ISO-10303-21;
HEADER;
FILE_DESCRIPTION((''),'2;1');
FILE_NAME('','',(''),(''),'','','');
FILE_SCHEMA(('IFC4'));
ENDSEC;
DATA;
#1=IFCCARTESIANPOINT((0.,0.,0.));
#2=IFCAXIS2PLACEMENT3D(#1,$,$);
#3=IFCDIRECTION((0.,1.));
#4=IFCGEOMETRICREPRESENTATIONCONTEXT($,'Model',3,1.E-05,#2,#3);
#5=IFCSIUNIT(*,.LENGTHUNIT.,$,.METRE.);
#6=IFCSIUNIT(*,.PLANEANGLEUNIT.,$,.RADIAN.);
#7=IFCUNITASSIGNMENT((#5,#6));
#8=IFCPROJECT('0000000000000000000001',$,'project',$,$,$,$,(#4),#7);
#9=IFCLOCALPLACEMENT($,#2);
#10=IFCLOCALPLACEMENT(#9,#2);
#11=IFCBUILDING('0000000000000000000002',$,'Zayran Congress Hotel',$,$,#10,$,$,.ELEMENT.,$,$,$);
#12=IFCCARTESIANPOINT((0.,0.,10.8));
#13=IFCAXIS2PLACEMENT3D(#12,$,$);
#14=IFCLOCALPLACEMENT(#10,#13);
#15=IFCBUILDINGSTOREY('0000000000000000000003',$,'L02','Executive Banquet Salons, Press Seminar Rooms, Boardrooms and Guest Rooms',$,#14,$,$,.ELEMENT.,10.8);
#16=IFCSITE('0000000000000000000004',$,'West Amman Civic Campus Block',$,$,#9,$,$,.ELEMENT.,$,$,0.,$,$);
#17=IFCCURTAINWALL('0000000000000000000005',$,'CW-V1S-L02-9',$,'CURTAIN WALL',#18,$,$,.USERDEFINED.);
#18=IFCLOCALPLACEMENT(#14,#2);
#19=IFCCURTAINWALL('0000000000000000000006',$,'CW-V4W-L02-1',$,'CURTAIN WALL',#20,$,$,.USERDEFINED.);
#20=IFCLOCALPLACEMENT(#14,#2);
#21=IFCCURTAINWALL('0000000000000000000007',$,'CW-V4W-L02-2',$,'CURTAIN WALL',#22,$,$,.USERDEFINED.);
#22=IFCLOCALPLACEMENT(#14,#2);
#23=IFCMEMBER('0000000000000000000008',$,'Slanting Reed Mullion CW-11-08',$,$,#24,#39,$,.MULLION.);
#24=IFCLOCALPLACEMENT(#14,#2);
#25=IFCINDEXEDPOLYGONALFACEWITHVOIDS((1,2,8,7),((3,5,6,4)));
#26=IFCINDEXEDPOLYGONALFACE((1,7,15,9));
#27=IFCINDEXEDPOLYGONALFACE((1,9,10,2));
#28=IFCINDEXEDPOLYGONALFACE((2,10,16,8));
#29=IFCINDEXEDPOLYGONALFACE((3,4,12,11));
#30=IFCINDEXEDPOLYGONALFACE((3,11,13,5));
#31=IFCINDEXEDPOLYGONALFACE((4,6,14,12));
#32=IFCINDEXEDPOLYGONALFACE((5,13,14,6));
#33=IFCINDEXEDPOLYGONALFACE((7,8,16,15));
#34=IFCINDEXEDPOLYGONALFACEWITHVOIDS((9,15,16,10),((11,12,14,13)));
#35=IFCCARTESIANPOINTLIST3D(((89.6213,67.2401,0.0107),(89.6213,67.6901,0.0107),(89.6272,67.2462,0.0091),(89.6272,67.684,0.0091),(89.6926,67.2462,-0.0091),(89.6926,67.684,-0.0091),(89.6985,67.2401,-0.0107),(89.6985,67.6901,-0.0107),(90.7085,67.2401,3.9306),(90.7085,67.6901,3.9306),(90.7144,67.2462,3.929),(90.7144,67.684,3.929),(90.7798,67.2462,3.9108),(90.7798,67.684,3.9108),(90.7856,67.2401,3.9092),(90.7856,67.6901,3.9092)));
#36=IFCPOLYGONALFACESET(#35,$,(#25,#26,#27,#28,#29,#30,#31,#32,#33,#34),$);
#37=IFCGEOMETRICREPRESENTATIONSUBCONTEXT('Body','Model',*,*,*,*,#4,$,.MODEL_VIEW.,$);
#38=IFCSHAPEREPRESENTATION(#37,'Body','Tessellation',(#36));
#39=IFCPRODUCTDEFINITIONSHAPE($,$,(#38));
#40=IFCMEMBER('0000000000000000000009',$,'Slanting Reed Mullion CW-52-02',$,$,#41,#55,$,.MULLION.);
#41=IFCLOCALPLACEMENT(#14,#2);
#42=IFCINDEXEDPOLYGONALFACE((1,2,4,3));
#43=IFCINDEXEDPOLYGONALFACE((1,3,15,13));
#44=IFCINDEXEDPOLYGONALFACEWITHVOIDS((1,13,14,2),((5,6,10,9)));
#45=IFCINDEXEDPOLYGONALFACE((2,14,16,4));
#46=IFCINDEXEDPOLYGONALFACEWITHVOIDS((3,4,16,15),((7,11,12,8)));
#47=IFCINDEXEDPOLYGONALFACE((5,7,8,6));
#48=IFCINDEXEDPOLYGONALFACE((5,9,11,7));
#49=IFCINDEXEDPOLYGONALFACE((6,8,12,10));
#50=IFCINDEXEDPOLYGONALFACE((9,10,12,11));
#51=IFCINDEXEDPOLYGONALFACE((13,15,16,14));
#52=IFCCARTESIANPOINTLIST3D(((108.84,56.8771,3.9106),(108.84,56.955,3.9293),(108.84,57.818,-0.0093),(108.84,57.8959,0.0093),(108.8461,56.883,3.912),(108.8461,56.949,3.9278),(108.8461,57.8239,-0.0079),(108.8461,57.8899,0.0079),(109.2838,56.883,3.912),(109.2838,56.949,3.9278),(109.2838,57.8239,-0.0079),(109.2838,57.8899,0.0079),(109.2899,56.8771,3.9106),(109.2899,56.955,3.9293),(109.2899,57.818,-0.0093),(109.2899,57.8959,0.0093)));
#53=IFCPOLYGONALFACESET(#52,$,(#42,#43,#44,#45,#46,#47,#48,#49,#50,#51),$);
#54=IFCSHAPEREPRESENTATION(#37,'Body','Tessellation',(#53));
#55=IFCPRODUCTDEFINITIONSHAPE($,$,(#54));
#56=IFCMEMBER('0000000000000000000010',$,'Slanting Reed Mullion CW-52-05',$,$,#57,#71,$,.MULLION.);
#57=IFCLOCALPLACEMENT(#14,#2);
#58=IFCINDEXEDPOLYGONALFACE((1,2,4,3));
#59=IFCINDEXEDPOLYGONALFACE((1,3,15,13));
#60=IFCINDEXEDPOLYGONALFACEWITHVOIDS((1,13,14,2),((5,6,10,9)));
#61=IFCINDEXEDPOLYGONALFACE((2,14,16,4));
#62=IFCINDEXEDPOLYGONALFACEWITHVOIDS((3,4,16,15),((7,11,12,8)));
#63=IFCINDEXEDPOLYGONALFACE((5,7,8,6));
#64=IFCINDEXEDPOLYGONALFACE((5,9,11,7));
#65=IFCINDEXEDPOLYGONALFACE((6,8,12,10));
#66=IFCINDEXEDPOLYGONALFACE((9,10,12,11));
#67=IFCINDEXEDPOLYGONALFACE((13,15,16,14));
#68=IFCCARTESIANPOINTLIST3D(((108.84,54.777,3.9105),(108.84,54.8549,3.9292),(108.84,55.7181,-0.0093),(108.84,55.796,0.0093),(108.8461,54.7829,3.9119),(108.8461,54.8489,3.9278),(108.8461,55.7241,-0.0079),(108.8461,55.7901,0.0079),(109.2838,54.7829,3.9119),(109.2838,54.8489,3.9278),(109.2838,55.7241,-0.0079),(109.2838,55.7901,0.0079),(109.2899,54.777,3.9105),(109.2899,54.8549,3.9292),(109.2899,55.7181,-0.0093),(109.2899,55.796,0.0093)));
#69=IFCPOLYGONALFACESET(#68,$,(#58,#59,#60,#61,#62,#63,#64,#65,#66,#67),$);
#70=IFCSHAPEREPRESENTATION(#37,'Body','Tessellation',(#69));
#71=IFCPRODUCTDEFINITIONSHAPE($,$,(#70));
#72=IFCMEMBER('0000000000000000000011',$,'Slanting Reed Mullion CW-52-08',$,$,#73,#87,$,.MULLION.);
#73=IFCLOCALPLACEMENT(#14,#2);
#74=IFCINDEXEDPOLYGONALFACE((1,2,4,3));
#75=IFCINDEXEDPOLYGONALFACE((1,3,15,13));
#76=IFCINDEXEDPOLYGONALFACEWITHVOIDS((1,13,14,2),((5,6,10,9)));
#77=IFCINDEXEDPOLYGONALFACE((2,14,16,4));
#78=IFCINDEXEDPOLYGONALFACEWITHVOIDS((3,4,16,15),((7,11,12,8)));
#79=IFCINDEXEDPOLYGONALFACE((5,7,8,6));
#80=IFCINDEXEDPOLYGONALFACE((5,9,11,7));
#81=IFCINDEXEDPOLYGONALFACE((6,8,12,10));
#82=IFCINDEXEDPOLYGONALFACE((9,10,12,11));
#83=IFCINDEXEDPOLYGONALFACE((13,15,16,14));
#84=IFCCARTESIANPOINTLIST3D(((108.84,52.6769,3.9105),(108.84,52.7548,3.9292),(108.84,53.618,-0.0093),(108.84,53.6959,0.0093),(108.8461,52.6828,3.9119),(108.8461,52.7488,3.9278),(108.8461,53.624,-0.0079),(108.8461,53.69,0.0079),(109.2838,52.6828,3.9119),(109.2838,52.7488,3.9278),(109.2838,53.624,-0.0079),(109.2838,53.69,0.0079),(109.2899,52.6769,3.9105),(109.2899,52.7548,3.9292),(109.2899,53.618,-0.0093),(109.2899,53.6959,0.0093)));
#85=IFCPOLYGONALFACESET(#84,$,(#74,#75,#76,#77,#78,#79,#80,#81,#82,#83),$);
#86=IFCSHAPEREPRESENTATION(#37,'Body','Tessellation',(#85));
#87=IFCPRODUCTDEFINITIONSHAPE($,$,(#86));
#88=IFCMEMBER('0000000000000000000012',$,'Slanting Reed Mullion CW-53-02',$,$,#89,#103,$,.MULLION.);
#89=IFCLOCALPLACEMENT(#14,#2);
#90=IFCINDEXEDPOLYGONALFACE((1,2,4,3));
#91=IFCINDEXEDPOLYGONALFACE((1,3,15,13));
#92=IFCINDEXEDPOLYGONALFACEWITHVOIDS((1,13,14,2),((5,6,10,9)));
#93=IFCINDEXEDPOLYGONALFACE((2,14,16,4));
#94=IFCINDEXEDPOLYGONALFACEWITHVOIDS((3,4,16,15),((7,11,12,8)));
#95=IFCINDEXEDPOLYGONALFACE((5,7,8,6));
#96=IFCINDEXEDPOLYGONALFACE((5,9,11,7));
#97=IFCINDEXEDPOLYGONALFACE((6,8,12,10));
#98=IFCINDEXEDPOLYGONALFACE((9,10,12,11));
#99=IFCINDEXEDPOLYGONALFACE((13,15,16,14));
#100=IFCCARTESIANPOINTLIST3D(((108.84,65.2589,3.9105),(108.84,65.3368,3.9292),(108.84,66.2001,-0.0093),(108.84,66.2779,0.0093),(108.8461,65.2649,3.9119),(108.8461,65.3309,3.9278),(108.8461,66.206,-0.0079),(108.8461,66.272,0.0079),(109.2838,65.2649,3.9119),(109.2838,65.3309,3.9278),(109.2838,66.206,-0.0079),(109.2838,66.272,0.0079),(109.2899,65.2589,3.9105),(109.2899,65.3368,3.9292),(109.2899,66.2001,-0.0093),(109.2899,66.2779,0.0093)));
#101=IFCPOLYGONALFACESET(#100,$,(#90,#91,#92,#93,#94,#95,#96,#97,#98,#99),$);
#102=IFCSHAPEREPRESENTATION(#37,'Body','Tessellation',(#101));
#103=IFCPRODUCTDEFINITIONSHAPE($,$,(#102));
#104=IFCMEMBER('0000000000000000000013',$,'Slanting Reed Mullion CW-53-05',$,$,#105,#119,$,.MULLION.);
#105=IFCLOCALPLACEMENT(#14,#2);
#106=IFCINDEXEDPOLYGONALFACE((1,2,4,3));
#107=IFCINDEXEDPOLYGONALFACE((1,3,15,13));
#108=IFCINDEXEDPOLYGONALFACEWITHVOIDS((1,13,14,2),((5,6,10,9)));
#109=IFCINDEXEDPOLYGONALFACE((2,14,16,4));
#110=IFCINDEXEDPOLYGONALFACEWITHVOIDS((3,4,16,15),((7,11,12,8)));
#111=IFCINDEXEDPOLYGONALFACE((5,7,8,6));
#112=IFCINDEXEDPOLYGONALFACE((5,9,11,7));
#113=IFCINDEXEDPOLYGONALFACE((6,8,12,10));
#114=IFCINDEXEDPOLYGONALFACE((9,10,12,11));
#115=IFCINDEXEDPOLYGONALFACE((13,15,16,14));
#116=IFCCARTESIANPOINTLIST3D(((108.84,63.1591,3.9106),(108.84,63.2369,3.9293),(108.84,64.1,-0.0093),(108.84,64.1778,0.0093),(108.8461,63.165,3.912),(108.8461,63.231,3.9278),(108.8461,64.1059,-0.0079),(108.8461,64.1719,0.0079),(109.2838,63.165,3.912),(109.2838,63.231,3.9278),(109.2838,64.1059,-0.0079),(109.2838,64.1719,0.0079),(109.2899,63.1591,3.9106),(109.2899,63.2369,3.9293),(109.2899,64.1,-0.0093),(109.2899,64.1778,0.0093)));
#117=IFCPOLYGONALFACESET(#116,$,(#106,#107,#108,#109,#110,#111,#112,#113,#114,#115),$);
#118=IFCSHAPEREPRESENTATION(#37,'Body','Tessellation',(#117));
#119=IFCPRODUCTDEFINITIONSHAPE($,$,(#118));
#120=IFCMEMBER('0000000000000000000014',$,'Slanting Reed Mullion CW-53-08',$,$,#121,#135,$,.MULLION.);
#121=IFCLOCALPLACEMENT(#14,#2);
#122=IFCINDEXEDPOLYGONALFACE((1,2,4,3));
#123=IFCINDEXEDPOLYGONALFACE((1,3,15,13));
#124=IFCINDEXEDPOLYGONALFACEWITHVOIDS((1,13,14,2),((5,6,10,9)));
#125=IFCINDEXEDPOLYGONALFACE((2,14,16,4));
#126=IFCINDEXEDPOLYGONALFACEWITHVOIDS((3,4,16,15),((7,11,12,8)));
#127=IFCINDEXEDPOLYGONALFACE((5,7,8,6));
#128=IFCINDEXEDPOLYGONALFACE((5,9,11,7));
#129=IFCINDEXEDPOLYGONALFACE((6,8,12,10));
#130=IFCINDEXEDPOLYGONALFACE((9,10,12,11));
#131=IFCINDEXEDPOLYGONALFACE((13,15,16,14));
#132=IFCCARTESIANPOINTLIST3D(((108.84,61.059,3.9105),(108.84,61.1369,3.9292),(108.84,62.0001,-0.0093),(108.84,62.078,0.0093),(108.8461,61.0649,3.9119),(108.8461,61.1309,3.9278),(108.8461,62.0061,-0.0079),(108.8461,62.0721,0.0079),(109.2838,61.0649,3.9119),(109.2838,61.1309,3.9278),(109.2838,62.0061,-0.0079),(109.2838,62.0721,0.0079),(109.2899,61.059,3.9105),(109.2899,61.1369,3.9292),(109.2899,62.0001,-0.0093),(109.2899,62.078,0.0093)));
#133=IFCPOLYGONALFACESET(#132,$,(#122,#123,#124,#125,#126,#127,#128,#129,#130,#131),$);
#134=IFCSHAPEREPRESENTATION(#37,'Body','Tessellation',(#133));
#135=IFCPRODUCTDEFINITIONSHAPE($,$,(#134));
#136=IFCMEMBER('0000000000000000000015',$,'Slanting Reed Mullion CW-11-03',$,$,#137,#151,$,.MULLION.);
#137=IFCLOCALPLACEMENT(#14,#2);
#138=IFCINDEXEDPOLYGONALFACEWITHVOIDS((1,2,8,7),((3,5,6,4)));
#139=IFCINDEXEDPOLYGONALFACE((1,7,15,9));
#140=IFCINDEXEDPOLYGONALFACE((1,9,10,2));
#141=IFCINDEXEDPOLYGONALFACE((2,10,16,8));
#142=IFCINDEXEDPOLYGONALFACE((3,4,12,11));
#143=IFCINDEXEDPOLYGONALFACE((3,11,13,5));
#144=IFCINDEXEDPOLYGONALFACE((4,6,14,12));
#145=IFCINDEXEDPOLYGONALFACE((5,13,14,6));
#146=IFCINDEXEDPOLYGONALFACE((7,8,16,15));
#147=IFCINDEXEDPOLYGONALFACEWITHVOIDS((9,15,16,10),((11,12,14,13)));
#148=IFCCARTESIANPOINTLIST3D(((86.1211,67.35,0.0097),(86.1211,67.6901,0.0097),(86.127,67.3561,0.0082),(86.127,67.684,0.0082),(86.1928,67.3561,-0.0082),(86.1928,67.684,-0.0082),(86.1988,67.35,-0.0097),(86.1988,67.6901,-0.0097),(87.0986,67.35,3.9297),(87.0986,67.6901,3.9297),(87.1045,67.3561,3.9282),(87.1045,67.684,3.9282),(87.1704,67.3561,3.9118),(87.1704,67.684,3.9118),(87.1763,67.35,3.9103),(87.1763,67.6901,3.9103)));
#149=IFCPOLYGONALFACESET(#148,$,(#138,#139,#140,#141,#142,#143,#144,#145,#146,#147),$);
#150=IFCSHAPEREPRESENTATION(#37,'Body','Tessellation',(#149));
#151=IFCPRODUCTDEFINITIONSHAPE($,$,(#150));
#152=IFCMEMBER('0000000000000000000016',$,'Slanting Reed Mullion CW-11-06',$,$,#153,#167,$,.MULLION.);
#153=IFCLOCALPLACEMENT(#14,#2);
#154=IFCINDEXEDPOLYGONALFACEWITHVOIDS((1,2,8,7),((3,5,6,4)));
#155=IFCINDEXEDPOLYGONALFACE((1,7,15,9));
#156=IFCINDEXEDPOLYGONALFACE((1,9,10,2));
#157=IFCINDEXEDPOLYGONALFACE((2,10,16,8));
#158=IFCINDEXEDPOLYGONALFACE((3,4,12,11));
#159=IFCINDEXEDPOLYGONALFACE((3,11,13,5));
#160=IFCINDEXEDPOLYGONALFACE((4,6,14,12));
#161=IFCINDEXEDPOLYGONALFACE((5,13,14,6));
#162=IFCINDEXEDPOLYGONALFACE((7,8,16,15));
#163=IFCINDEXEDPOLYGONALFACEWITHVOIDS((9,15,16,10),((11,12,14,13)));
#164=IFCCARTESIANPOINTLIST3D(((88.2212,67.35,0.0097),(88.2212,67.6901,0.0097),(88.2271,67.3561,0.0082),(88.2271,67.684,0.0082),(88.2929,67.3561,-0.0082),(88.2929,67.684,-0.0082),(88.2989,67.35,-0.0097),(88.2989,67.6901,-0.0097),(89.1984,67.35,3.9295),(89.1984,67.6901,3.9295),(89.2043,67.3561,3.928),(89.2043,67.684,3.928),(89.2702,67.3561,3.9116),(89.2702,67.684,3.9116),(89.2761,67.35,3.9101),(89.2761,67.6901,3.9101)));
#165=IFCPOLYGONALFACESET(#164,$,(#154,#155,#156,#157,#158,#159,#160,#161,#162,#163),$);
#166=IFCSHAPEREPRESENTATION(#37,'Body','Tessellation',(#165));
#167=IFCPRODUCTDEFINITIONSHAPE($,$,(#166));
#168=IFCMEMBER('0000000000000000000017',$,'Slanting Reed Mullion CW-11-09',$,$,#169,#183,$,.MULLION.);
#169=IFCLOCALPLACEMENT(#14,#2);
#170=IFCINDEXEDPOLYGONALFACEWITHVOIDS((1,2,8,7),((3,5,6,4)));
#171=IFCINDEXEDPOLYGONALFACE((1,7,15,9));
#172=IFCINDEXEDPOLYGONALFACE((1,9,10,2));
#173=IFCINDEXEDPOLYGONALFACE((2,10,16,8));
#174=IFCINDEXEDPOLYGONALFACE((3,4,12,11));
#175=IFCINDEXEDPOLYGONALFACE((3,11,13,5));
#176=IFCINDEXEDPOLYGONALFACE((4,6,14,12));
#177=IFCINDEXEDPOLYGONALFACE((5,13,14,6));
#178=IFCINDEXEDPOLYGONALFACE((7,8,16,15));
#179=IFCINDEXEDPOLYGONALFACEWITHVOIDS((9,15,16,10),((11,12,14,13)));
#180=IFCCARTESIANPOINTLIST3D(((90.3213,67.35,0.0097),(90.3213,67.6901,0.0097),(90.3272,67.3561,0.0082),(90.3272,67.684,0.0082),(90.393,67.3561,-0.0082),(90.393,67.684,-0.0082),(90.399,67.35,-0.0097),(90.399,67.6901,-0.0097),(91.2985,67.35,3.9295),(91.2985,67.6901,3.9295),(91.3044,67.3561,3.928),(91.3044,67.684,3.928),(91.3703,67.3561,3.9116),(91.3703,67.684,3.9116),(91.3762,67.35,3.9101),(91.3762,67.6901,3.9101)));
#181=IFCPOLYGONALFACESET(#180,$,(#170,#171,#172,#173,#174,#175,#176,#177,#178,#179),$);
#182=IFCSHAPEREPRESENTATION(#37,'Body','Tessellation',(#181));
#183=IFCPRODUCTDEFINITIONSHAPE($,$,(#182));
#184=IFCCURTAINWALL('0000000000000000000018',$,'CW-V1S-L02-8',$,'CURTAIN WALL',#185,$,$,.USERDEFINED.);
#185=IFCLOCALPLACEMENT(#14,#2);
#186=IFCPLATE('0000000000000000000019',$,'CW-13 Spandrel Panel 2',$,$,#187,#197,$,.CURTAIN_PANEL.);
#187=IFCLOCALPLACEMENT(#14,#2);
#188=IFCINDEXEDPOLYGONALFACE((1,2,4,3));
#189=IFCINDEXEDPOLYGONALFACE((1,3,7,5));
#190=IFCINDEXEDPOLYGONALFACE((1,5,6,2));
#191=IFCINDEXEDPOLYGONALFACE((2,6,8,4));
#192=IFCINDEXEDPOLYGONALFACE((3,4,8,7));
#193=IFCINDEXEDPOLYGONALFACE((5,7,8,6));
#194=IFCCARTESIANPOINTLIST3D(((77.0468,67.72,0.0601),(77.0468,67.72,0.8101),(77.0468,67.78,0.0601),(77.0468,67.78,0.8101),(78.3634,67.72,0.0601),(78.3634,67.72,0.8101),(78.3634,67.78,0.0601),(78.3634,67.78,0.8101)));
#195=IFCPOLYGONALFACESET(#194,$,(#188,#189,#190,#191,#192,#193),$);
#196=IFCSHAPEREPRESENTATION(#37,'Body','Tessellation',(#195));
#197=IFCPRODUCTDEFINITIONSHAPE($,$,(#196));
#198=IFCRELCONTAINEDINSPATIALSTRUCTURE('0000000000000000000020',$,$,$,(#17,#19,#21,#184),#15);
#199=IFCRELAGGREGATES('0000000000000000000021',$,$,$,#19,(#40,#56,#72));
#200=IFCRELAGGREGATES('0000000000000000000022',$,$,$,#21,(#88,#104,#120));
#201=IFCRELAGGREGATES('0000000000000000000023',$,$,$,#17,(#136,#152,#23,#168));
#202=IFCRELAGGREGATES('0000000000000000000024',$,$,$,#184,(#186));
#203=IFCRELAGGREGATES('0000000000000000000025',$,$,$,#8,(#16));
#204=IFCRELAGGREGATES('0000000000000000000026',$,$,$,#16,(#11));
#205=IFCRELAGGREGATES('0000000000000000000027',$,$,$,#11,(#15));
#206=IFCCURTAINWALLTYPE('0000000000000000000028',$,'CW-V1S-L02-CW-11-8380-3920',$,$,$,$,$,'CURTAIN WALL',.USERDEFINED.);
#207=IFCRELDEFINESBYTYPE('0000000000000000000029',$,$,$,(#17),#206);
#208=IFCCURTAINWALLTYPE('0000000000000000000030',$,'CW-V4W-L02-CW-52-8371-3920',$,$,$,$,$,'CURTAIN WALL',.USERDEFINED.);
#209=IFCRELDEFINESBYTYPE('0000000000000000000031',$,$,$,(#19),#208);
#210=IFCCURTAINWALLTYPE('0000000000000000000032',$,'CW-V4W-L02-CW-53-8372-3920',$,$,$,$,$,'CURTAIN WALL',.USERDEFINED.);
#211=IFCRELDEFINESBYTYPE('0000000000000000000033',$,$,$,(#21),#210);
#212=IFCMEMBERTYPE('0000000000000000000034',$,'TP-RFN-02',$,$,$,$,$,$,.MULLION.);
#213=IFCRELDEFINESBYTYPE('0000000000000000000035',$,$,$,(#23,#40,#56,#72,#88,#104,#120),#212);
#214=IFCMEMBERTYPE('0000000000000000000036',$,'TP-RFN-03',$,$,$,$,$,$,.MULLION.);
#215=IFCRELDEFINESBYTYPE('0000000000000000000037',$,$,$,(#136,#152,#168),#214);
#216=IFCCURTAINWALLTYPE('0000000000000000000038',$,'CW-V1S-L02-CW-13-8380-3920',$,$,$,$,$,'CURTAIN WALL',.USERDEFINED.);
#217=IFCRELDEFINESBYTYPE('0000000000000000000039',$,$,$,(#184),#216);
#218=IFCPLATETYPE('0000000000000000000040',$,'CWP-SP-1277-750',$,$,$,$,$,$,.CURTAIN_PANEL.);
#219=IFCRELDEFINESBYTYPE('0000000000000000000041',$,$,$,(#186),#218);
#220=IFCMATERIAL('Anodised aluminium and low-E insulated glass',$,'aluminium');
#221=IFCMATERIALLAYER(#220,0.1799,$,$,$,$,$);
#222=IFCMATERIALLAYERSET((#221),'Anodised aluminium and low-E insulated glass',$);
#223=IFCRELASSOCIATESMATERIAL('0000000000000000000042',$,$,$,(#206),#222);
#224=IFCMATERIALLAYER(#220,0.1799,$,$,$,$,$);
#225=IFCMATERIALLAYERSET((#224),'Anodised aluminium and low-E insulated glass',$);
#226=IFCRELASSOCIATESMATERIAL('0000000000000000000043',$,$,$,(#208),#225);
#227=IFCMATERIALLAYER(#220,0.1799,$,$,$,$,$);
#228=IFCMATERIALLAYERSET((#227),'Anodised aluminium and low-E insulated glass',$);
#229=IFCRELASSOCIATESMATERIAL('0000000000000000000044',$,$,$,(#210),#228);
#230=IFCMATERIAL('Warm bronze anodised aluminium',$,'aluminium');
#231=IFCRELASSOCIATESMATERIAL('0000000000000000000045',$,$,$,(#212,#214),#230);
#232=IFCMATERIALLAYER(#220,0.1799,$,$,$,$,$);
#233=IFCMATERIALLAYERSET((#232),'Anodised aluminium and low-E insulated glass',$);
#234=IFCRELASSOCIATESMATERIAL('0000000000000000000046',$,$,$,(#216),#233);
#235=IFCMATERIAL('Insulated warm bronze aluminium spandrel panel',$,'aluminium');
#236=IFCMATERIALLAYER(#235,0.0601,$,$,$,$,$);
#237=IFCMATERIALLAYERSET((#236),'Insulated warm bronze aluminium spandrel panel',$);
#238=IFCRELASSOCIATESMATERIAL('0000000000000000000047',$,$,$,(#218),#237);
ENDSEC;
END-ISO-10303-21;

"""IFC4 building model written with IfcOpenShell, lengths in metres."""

from ifc_helpers import new_model, si_unit, direction, frame, origin, origin_2d, place, context, subcontext, project, spatial, rectangle, hollow_rectangle, extrude, material, layer, layer_set, material_profile, profile_set, type_object, element, aggregate, save


model = new_model("IFC4")

# Units and contexts
model_context = context("Model", 3, precision=1e-05, world=origin(), true_north=direction((0.0, 1.0)))
body_context = subcontext(model_context, "Body", "Model", "MODEL_VIEW")
ifc_project = project(units=[si_unit("LENGTHUNIT", "METRE"), si_unit("PLANEANGLEUNIT", "RADIAN")], contexts=[model_context])

# Site, building, storey
site_placement = place(None, origin())
site = spatial("IfcSite", under=ifc_project, at=site_placement, Name="West Amman Civic Campus Block", CompositionType="ELEMENT", RefElevation=0.0)
building_placement = place(site_placement, origin())
building = spatial("IfcBuilding", under=site, at=building_placement, Name="Zayran Congress Hotel", CompositionType="ELEMENT")
storey_placement = place(building_placement, frame((0.0, 0.0, 10.8)))
storey = spatial("IfcBuildingStorey", under=building, at=storey_placement, Name="L02", Description="Executive Banquet Salons, Press Seminar Rooms, Boardrooms and Guest Rooms", CompositionType="ELEMENT", Elevation=10.8)

# Curtain walls
ifc_material_1 = material(Name="Anodised aluminium and low-E insulated glass", Category="aluminium")
ifc_layer_1 = layer(ifc_material_1, 0.1799)
ifc_layer_set_1 = layer_set([ifc_layer_1], Name="Anodised aluminium and low-E insulated glass")
curtain_wall_type_1 = type_object("IfcCurtainWallType", Name="CW-V1S-L02-CW-11-8380-3920", ElementType="CURTAIN WALL", PredefinedType="USERDEFINED", material=ifc_layer_set_1)
curtain_wall_1_placement = place(storey_placement, origin())
curtain_wall_1 = element("IfcCurtainWall", 1, at=curtain_wall_1_placement, inside=storey, type_object=curtain_wall_type_1, Name="CW-V1S-L02-9", ObjectType="CURTAIN WALL", PredefinedType="USERDEFINED")
ifc_material_2 = material(Name="Warm bronze anodised aluminium", Category="aluminium")
ifc_layer_2 = layer(ifc_material_1, 0.1799)
ifc_layer_set_2 = layer_set([ifc_layer_2], Name="Anodised aluminium and low-E insulated glass")
curtain_wall_type_2 = type_object("IfcCurtainWallType", Name="CW-V4W-L02-CW-52-8371-3920", ElementType="CURTAIN WALL", PredefinedType="USERDEFINED", material=ifc_layer_set_2)
curtain_wall_2_placement = place(storey_placement, origin())
curtain_wall_2 = element("IfcCurtainWall", 2, at=curtain_wall_2_placement, inside=storey, type_object=curtain_wall_type_2, Name="CW-V4W-L02-1", ObjectType="CURTAIN WALL", PredefinedType="USERDEFINED")
ifc_layer_3 = layer(ifc_material_1, 0.1799)
ifc_layer_set_3 = layer_set([ifc_layer_3], Name="Anodised aluminium and low-E insulated glass")
curtain_wall_type_3 = type_object("IfcCurtainWallType", Name="CW-V4W-L02-CW-53-8372-3920", ElementType="CURTAIN WALL", PredefinedType="USERDEFINED", material=ifc_layer_set_3)
curtain_wall_3_placement = place(storey_placement, origin())
curtain_wall_3 = element("IfcCurtainWall", 3, at=curtain_wall_3_placement, inside=storey, type_object=curtain_wall_type_3, Name="CW-V4W-L02-2", ObjectType="CURTAIN WALL", PredefinedType="USERDEFINED")

# Members
ifc_material_profile_1 = material_profile(ifc_material_2, hollow_rectangle(XDim=0.0801, YDim=0.45, WallThickness=0.0061, at=origin_2d()), Name="RHS 450x80x6")
ifc_profile_set_1 = profile_set([ifc_material_profile_1], Name="Warm bronze anodised aluminium")
member_type_1 = type_object("IfcMemberType", Name="TP-RFN-02", PredefinedType="MULLION", material=ifc_profile_set_1)
member_1_placement = place(storey_placement, frame((89.6599, 67.4651, 0.0), z_axis=(0.267254, 0.0, 0.963626), x_axis=(-0.963626, 0.0, 0.267254)))
member_1 = element("IfcMember", 4, at=member_1_placement, type_object=member_type_1, Name="Slanting Reed Mullion CW-11-08", PredefinedType="MULLION", context=body_context, shape_type="SweptSolid", body=[
    extrude(hollow_rectangle(XDim=0.0801, YDim=0.45, WallThickness=0.0061, at=origin_2d()), origin(), (0.0, 0.0, 1.0), 4.0679),
])
member_2_placement = place(storey_placement, frame((109.0649, 57.8569, 0.0), z_axis=(0.0, -0.233405, 0.97238), x_axis=(0.0, 0.97238, 0.233405)))
member_2 = element("IfcMember", 5, at=member_2_placement, type_object=member_type_1, Name="Slanting Reed Mullion CW-52-02", PredefinedType="MULLION", context=body_context, shape_type="SweptSolid", body=[
    extrude(hollow_rectangle(XDim=0.0801, YDim=0.45, WallThickness=0.0061, at=origin_2d()), origin(), (0.0, 0.0, 1.0), 4.0312),
])
member_3_placement = place(storey_placement, frame((109.0649, 55.7571, 0.0), z_axis=(0.0, -0.233462, 0.972366), x_axis=(0.0, 0.972366, 0.233462)))
member_3 = element("IfcMember", 6, at=member_3_placement, type_object=member_type_1, Name="Slanting Reed Mullion CW-52-05", PredefinedType="MULLION", context=body_context, shape_type="SweptSolid", body=[
    extrude(hollow_rectangle(XDim=0.0801, YDim=0.45, WallThickness=0.0061, at=origin_2d()), origin(), (0.0, 0.0, 1.0), 4.0312),
])
member_4_placement = place(storey_placement, frame((109.0649, 53.657, 0.0), z_axis=(0.0, -0.233462, 0.972366), x_axis=(0.0, 0.972366, 0.233462)))
member_4 = element("IfcMember", 7, at=member_4_placement, type_object=member_type_1, Name="Slanting Reed Mullion CW-52-08", PredefinedType="MULLION", context=body_context, shape_type="SweptSolid", body=[
    extrude(hollow_rectangle(XDim=0.0801, YDim=0.45, WallThickness=0.0061, at=origin_2d()), origin(), (0.0, 0.0, 1.0), 4.0312),
])
aggregate(curtain_wall_2, [member_2, member_3, member_4])
member_5_placement = place(storey_placement, frame((109.0649, 66.239, 0.0), z_axis=(0.0, -0.233462, 0.972366), x_axis=(0.0, 0.972366, 0.233462)))
member_5 = element("IfcMember", 8, at=member_5_placement, type_object=member_type_1, Name="Slanting Reed Mullion CW-53-02", PredefinedType="MULLION", context=body_context, shape_type="SweptSolid", body=[
    extrude(hollow_rectangle(XDim=0.0801, YDim=0.45, WallThickness=0.0061, at=origin_2d()), origin(), (0.0, 0.0, 1.0), 4.0312),
])
member_6_placement = place(storey_placement, frame((109.0649, 64.1389, 0.0), z_axis=(0.0, -0.233405, 0.97238), x_axis=(0.0, 0.97238, 0.233405)))
member_6 = element("IfcMember", 9, at=member_6_placement, type_object=member_type_1, Name="Slanting Reed Mullion CW-53-05", PredefinedType="MULLION", context=body_context, shape_type="SweptSolid", body=[
    extrude(hollow_rectangle(XDim=0.0801, YDim=0.45, WallThickness=0.0061, at=origin_2d()), origin(), (0.0, 0.0, 1.0), 4.0312),
])
member_7_placement = place(storey_placement, frame((109.0649, 62.0391, 0.0), z_axis=(0.0, -0.233462, 0.972366), x_axis=(0.0, 0.972366, 0.233462)))
member_7 = element("IfcMember", 10, at=member_7_placement, type_object=member_type_1, Name="Slanting Reed Mullion CW-53-08", PredefinedType="MULLION", context=body_context, shape_type="SweptSolid", body=[
    extrude(hollow_rectangle(XDim=0.0801, YDim=0.45, WallThickness=0.0061, at=origin_2d()), origin(), (0.0, 0.0, 1.0), 4.0312),
])
aggregate(curtain_wall_3, [member_5, member_6, member_7])
ifc_material_profile_2 = material_profile(ifc_material_2, hollow_rectangle(XDim=0.0801, YDim=0.3401, WallThickness=0.0061, at=origin_2d()), Name="RHS 340x80x6")
ifc_profile_set_2 = profile_set([ifc_material_profile_2], Name="Warm bronze anodised aluminium")
member_type_2 = type_object("IfcMemberType", Name="TP-RFN-03", PredefinedType="MULLION", material=ifc_profile_set_2)
member_8_placement = place(storey_placement, frame((86.1599, 67.52, 0.0), z_axis=(0.241967, 0.0, 0.970285), x_axis=(-0.970285, 0.0, 0.241967)))
member_8 = element("IfcMember", 11, at=member_8_placement, type_object=member_type_2, Name="Slanting Reed Mullion CW-11-03", PredefinedType="MULLION", context=body_context, shape_type="SweptSolid", body=[
    extrude(hollow_rectangle(XDim=0.0801, YDim=0.3401, WallThickness=0.0061, at=origin_2d()), origin(), (0.0, 0.0, 1.0), 4.04),
])
member_9_placement = place(storey_placement, frame((88.26, 67.52, 0.0), z_axis=(0.24191, 0.0, 0.970299), x_axis=(-0.970299, 0.0, 0.24191)))
member_9 = element("IfcMember", 12, at=member_9_placement, type_object=member_type_2, Name="Slanting Reed Mullion CW-11-06", PredefinedType="MULLION", context=body_context, shape_type="SweptSolid", body=[
    extrude(hollow_rectangle(XDim=0.0801, YDim=0.3401, WallThickness=0.0061, at=origin_2d()), origin(), (0.0, 0.0, 1.0), 4.0398),
])
member_10_placement = place(storey_placement, frame((90.3601, 67.52, 0.0), z_axis=(0.24191, 0.0, 0.970299), x_axis=(-0.970299, 0.0, 0.24191)))
member_10 = element("IfcMember", 13, at=member_10_placement, type_object=member_type_2, Name="Slanting Reed Mullion CW-11-09", PredefinedType="MULLION", context=body_context, shape_type="SweptSolid", body=[
    extrude(hollow_rectangle(XDim=0.0801, YDim=0.3401, WallThickness=0.0061, at=origin_2d()), origin(), (0.0, 0.0, 1.0), 4.0398),
])
aggregate(curtain_wall_1, [member_8, member_9, member_1, member_10])

# Curtain wall, plate
ifc_layer_4 = layer(ifc_material_1, 0.1799)
ifc_layer_set_4 = layer_set([ifc_layer_4], Name="Anodised aluminium and low-E insulated glass")
curtain_wall_type_4 = type_object("IfcCurtainWallType", Name="CW-V1S-L02-CW-13-8380-3920", ElementType="CURTAIN WALL", PredefinedType="USERDEFINED", material=ifc_layer_set_4)
curtain_wall_4_placement = place(storey_placement, origin())
curtain_wall_4 = element("IfcCurtainWall", 14, at=curtain_wall_4_placement, inside=storey, type_object=curtain_wall_type_4, Name="CW-V1S-L02-8", ObjectType="CURTAIN WALL", PredefinedType="USERDEFINED")
ifc_material_3 = material(Name="Insulated warm bronze aluminium spandrel panel", Category="aluminium")
ifc_layer_5 = layer(ifc_material_3, 0.0601)
ifc_layer_set_5 = layer_set([ifc_layer_5], Name="Insulated warm bronze aluminium spandrel panel")
plate_type_1 = type_object("IfcPlateType", Name="CWP-SP-1277-750", PredefinedType="CURTAIN_PANEL", material=ifc_layer_set_5)
plate_1_placement = place(storey_placement, frame((77.7051, 67.75, 0.0601), z_axis=(0.0, 0.0, 1.0), x_axis=(1.0, 0.0, 0.0)))
plate_1 = element("IfcPlate", 15, at=plate_1_placement, type_object=plate_type_1, Name="CW-13 Spandrel Panel 2", PredefinedType="CURTAIN_PANEL", context=body_context, shape_type="SweptSolid", body=[
    extrude(rectangle(XDim=1.3167, YDim=0.0601, at=origin_2d()), origin(), (0.0, 0.0, 1.0), 0.75),
])
aggregate(curtain_wall_4, [plate_1])

save(model, "model.ifc")
